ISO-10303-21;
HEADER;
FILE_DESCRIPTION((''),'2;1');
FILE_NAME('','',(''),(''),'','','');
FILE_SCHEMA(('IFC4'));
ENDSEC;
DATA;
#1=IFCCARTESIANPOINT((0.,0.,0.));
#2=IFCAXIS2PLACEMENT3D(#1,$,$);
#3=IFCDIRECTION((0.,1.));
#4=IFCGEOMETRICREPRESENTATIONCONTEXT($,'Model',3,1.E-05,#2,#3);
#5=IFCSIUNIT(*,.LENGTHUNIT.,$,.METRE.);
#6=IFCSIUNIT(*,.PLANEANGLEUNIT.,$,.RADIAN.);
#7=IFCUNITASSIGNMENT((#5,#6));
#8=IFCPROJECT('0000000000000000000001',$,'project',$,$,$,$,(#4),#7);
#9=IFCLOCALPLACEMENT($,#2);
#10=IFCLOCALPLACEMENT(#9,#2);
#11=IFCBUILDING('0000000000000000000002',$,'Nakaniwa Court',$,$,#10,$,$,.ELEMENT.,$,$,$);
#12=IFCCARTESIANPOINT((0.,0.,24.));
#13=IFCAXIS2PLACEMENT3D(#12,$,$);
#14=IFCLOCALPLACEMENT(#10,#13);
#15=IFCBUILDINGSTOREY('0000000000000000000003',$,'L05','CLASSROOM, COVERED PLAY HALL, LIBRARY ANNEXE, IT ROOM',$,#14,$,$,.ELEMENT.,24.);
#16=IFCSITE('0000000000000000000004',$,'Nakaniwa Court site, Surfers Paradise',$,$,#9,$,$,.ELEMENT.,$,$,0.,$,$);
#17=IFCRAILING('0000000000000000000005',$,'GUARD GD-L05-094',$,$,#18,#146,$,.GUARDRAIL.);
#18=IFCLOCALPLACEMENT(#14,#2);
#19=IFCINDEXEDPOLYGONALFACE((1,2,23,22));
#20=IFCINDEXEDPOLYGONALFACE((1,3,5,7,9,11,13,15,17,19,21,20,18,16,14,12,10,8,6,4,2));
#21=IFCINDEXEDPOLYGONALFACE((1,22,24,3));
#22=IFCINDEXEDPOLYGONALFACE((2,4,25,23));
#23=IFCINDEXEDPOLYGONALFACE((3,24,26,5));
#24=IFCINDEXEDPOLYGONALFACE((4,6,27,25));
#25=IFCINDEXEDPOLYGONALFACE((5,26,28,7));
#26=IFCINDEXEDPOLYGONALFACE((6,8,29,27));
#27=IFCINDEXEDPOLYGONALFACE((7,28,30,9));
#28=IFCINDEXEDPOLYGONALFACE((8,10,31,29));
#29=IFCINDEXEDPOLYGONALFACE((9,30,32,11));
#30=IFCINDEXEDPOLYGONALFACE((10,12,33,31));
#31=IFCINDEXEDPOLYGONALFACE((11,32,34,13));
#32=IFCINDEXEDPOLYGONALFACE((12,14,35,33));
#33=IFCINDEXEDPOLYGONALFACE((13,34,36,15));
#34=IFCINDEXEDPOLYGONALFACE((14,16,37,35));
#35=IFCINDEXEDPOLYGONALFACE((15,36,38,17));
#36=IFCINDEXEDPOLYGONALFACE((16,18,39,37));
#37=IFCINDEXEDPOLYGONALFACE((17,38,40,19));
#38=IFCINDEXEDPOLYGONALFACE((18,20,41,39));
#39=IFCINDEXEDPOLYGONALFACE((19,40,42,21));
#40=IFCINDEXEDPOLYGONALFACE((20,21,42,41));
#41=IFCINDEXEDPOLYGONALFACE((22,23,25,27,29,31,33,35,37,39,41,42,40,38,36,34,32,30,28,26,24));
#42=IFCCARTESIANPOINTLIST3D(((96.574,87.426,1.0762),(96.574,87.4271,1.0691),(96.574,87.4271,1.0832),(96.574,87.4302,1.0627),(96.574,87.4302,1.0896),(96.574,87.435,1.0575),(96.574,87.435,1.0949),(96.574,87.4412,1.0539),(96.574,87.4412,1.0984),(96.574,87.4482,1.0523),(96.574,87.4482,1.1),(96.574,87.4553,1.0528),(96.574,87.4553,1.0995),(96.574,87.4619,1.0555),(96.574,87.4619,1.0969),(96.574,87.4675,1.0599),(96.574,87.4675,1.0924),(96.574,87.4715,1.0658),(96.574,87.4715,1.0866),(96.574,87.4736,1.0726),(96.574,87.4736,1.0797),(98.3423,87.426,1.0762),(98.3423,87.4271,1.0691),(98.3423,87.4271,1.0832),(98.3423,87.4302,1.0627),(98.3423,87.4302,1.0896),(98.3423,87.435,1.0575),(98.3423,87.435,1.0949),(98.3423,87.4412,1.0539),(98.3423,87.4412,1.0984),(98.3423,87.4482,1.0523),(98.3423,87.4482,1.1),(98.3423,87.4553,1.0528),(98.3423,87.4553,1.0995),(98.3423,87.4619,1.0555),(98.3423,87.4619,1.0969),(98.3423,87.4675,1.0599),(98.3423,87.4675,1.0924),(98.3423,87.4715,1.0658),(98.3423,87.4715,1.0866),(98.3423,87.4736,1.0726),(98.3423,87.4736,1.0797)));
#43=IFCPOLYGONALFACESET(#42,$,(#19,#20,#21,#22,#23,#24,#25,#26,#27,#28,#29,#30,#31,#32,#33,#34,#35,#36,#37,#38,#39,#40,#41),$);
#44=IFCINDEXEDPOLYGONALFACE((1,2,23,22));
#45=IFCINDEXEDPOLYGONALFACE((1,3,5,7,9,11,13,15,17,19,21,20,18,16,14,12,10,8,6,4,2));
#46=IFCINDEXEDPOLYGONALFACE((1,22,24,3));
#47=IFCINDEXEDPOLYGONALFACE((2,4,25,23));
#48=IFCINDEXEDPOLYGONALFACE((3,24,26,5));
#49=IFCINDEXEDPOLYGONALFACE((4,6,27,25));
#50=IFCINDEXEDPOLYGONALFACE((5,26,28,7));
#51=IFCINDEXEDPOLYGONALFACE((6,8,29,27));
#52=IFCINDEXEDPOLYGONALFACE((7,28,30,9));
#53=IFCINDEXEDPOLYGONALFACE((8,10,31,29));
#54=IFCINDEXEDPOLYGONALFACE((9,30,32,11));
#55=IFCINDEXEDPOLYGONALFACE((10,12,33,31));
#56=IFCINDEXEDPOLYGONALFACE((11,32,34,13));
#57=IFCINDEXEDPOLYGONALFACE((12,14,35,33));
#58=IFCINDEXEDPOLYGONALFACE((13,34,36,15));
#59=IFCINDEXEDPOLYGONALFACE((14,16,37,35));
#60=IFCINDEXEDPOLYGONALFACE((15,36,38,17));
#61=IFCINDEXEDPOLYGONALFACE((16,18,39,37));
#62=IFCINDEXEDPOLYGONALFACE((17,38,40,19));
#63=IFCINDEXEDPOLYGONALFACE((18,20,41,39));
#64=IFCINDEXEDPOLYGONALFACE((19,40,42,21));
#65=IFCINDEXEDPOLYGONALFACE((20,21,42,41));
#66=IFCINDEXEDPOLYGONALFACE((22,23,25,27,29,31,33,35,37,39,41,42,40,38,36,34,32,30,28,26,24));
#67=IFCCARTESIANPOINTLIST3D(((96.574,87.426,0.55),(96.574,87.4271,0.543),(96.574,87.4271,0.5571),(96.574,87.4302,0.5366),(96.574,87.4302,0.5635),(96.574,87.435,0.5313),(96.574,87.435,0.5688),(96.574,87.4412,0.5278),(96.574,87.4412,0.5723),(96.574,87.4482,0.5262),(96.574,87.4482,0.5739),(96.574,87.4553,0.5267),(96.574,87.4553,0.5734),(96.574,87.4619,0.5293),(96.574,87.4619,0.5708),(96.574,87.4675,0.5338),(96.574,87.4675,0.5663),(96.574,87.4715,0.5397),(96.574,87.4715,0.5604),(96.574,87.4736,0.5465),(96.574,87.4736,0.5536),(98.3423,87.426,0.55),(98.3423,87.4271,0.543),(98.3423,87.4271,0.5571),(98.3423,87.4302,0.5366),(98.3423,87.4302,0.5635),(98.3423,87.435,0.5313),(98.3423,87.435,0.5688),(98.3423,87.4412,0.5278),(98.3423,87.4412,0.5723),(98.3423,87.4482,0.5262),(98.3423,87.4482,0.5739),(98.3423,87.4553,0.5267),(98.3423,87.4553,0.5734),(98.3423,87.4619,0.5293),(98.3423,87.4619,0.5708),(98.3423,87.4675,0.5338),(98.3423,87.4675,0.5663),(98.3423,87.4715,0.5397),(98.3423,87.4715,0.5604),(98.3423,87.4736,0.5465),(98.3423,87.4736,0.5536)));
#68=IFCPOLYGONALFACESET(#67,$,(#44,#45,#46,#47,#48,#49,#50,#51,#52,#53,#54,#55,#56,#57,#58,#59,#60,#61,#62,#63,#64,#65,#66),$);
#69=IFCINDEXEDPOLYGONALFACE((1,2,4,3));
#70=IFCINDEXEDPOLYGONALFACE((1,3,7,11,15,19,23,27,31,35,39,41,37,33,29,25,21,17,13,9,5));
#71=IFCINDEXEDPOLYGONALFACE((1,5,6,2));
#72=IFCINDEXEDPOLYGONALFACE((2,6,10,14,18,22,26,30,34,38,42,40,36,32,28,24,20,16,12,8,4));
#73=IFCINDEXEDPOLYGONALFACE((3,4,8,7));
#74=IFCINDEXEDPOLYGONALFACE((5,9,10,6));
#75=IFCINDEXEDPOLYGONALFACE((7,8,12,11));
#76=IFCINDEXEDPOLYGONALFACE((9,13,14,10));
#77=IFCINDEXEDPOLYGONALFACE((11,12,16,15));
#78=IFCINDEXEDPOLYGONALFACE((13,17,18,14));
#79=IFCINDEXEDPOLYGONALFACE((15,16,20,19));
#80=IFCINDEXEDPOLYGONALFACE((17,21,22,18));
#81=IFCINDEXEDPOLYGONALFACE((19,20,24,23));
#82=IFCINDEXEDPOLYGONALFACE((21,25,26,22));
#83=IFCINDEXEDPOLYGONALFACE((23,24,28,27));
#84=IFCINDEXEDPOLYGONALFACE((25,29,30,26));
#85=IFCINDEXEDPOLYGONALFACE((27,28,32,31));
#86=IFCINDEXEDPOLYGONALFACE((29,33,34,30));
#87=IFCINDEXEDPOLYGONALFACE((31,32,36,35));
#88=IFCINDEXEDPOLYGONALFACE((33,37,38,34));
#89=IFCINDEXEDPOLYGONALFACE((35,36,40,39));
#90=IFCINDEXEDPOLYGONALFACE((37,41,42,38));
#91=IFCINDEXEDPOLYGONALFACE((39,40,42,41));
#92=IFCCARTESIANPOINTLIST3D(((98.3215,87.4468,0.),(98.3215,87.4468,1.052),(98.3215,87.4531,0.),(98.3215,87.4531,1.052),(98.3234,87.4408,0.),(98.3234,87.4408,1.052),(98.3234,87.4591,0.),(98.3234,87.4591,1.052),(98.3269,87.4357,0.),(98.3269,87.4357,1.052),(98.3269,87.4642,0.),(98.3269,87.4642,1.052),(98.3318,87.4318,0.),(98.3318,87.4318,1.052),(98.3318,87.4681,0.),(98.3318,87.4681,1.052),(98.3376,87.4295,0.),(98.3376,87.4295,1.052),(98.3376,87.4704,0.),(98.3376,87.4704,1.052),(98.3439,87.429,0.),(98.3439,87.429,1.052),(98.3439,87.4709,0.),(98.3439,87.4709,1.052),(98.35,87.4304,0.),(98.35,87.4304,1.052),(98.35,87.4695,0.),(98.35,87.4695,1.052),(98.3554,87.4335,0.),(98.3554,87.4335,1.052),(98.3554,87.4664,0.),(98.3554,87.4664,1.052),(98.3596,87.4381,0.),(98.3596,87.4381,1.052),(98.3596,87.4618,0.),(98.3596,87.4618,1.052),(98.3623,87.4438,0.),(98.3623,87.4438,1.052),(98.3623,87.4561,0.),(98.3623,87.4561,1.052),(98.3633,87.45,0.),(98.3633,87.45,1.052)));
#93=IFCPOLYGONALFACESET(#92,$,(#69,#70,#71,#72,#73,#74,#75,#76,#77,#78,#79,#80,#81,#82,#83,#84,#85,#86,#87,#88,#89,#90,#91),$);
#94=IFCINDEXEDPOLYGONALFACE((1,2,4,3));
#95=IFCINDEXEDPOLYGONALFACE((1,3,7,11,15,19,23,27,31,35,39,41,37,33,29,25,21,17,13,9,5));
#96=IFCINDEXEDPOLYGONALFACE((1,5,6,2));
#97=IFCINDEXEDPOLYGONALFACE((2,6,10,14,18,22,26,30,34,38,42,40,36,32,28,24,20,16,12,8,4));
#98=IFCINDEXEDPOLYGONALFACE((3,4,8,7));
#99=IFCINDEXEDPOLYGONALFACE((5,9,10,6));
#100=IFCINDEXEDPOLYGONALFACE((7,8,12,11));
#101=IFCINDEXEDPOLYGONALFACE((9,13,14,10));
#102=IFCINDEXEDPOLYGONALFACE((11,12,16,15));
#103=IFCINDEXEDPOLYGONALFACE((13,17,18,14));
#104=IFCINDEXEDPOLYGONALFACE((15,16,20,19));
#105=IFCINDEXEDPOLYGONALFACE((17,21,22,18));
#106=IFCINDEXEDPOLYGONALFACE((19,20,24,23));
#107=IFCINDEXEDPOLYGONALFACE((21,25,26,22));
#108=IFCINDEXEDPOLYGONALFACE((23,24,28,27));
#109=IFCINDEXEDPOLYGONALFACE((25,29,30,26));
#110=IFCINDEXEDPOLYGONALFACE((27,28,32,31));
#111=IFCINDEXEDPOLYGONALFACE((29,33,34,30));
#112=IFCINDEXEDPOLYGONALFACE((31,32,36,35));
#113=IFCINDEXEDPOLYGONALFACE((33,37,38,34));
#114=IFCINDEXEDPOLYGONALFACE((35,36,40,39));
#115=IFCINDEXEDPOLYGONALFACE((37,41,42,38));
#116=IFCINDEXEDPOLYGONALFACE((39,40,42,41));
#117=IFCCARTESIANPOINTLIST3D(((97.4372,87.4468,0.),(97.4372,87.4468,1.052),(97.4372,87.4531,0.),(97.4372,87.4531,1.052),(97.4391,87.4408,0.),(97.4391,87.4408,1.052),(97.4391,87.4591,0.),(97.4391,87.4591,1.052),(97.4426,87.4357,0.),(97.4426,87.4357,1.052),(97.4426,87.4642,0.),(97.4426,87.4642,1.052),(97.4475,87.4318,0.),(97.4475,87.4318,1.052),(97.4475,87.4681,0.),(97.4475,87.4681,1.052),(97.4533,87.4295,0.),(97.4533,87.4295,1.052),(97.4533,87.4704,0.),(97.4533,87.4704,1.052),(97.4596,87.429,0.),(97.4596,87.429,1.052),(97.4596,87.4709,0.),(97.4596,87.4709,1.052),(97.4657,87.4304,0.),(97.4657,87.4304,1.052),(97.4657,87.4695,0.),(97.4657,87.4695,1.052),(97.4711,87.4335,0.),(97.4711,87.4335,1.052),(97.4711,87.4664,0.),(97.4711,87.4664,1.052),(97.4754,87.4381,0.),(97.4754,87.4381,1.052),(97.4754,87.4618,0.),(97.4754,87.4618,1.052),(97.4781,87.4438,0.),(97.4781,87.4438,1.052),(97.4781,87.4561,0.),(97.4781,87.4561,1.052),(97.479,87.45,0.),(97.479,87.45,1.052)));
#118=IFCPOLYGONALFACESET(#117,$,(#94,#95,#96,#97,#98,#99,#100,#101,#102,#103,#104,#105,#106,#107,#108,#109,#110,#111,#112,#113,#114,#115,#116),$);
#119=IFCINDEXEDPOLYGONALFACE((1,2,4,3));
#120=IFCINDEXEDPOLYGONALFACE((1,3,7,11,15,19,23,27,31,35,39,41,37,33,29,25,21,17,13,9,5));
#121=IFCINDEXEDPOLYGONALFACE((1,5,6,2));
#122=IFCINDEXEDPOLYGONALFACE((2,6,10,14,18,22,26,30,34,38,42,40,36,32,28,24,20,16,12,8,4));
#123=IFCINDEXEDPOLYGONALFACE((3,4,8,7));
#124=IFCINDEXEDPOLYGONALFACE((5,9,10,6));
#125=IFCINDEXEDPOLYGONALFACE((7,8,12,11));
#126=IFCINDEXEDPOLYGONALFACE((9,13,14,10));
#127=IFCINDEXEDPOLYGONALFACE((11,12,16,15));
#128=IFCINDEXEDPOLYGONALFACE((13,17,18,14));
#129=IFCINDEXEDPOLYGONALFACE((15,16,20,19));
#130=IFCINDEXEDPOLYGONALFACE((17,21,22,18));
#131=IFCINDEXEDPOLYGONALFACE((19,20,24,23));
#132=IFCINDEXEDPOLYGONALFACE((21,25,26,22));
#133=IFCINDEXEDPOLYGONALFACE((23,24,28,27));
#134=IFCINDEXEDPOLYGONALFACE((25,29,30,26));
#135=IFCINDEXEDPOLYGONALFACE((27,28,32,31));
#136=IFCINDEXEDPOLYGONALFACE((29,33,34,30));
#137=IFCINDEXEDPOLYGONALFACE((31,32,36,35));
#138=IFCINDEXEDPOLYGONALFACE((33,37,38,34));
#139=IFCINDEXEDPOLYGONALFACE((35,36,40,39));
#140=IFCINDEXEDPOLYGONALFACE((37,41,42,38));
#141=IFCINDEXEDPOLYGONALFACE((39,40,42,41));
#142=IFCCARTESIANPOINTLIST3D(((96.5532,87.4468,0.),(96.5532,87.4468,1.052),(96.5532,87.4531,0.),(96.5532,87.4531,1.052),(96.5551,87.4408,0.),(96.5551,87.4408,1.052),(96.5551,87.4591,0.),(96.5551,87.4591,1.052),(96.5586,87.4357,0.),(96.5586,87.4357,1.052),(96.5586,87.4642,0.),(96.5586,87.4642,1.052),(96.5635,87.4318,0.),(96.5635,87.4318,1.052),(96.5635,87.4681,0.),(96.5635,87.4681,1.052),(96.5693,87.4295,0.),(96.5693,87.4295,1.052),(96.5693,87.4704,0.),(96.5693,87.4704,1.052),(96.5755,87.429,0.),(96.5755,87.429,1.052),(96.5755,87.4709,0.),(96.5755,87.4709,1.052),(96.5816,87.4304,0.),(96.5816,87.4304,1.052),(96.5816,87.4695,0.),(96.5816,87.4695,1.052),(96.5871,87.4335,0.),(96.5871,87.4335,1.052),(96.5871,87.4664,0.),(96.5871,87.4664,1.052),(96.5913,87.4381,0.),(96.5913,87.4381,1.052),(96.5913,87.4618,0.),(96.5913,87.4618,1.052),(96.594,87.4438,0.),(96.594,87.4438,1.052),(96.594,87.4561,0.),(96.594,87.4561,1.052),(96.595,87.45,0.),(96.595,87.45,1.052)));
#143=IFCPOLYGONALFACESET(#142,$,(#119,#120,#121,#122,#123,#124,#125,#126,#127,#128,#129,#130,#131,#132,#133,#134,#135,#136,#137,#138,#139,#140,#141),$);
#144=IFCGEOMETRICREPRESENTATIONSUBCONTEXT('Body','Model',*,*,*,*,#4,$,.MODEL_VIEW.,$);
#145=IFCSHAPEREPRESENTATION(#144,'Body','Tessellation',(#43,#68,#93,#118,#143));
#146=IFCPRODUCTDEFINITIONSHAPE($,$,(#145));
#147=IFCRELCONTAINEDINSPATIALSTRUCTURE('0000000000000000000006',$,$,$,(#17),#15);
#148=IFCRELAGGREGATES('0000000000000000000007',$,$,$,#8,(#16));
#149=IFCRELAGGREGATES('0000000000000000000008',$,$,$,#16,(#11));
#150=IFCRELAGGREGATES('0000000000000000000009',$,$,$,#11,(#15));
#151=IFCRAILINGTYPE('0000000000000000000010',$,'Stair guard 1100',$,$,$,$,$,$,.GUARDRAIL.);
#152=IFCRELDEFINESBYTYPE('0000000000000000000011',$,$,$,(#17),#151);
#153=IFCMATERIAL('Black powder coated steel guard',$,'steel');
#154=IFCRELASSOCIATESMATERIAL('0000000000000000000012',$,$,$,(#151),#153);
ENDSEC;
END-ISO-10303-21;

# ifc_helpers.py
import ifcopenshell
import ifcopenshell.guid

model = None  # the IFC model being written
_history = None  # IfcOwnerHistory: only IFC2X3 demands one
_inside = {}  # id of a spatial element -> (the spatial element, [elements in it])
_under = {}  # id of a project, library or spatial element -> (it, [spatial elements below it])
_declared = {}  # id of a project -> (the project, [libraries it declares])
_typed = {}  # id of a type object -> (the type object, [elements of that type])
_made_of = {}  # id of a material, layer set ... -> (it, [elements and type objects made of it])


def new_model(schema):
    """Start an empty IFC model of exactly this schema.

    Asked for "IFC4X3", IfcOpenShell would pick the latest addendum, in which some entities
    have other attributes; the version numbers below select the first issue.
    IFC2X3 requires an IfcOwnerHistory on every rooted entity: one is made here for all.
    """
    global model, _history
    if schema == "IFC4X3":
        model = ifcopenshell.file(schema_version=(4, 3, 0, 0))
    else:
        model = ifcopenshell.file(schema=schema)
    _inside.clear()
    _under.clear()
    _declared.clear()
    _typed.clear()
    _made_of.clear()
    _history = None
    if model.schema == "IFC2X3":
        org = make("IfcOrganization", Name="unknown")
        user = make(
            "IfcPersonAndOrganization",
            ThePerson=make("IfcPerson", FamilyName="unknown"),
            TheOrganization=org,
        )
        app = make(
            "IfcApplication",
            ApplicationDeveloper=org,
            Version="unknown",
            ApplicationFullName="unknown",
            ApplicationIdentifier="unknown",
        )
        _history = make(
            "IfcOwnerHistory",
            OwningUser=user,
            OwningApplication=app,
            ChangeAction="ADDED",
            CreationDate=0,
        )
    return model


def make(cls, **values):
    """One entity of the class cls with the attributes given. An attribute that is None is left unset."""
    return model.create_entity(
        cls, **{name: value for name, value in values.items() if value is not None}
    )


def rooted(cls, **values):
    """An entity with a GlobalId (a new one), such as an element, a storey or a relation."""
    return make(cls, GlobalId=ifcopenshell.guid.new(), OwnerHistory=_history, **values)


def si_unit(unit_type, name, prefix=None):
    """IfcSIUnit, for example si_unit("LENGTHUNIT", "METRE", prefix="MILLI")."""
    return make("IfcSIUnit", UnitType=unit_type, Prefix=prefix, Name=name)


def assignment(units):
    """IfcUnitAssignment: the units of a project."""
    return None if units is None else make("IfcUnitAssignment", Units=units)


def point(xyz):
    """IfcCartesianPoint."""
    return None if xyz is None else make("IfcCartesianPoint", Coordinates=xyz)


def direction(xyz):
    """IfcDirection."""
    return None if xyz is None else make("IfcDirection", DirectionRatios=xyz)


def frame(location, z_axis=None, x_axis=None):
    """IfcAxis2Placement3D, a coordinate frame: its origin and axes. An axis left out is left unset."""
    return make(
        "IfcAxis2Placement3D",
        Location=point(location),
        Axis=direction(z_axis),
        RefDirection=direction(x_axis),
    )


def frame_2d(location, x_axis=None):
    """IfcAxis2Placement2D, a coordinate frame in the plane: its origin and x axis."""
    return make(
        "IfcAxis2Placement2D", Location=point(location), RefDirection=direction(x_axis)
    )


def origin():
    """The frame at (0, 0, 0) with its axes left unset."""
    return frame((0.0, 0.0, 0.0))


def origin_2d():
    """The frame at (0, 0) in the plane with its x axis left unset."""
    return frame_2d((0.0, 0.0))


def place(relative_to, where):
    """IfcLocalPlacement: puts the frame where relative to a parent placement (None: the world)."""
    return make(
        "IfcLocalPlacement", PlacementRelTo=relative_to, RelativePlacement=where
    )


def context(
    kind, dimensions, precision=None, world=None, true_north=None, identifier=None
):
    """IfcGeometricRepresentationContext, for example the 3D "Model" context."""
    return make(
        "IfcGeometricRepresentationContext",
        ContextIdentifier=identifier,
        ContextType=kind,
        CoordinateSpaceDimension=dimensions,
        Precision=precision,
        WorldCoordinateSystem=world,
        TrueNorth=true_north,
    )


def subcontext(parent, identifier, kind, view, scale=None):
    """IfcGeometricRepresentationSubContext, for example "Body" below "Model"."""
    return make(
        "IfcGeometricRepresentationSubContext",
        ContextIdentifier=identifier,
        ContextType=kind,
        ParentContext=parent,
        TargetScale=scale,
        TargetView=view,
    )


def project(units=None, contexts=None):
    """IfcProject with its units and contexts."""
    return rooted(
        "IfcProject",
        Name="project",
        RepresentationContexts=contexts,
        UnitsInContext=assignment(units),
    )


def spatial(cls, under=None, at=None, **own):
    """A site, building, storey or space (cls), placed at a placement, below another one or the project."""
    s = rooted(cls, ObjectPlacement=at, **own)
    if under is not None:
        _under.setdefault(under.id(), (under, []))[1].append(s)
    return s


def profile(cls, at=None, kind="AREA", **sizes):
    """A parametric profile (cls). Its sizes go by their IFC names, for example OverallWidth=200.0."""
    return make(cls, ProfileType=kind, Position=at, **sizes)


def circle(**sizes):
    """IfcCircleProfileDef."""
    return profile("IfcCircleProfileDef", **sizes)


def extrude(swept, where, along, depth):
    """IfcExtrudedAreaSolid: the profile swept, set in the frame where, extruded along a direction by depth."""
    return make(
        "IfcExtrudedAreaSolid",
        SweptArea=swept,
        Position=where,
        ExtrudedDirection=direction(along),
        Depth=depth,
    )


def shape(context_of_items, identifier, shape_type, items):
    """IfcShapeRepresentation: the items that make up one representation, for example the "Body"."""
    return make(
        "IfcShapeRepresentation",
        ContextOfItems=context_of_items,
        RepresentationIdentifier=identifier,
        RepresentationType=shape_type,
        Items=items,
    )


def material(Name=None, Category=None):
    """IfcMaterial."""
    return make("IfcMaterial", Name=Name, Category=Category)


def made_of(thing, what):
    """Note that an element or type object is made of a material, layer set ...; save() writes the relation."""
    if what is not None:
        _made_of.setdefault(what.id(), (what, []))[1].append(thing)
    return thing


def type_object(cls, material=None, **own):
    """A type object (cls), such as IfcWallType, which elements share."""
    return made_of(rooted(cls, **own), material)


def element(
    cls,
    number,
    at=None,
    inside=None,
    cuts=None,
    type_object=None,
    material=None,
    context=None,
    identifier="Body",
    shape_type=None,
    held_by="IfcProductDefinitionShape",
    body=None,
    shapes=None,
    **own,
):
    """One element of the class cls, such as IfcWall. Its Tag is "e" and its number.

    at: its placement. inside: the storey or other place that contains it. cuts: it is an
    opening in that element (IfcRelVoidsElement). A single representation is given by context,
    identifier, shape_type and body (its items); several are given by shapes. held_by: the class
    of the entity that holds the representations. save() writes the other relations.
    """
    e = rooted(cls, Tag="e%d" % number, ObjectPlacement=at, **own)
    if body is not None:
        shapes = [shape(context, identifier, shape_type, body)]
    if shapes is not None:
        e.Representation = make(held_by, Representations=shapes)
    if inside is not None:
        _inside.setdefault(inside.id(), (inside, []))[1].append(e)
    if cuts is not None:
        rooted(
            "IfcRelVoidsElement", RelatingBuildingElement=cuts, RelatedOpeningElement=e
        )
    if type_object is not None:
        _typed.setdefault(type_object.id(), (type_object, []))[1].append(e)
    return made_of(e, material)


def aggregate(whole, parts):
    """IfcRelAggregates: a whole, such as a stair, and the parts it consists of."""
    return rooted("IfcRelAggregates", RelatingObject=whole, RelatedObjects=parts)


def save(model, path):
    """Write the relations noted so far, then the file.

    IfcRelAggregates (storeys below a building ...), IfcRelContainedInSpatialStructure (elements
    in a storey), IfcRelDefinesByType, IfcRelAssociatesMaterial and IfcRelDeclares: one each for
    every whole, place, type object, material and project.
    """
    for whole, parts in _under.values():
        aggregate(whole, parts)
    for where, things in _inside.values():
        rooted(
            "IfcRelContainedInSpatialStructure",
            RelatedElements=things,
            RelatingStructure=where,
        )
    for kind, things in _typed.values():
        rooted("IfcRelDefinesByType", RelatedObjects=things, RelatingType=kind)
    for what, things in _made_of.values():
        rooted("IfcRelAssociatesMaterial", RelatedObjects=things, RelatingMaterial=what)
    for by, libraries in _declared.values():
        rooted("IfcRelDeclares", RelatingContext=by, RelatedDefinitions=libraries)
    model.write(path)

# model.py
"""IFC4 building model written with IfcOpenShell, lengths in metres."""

from ifc_helpers import new_model, si_unit, direction, frame, origin, origin_2d, place, context, subcontext, project, spatial, circle, extrude, material, type_object, element, save


model = new_model("IFC4")

# Units and contexts
model_context = context("Model", 3, precision=1e-05, world=origin(), true_north=direction((0.0, 1.0)))
body_context = subcontext(model_context, "Body", "Model", "MODEL_VIEW")
ifc_project = project(units=[si_unit("LENGTHUNIT", "METRE"), si_unit("PLANEANGLEUNIT", "RADIAN")], contexts=[model_context])

# Site, building, storey
site_placement = place(None, origin())
site = spatial("IfcSite", under=ifc_project, at=site_placement, Name="Nakaniwa Court site, Surfers Paradise", CompositionType="ELEMENT", RefElevation=0.0)
building_placement = place(site_placement, origin())
building = spatial("IfcBuilding", under=site, at=building_placement, Name="Nakaniwa Court", CompositionType="ELEMENT")
storey_placement = place(building_placement, frame((0.0, 0.0, 24.0)))
storey = spatial("IfcBuildingStorey", under=building, at=storey_placement, Name="L05", Description="CLASSROOM, COVERED PLAY HALL, LIBRARY ANNEXE, IT ROOM", CompositionType="ELEMENT", Elevation=24.0)

# Railing
ifc_material_1 = material(Name="Black powder coated steel guard", Category="steel")
railing_type = type_object("IfcRailingType", Name="Stair guard 1100", PredefinedType="GUARDRAIL", material=ifc_material_1)
railing_1_placement = place(storey_placement, frame((98.3423, 87.45, 0.0)))
element("IfcRailing", 1, at=railing_1_placement, inside=storey, type_object=railing_type, Name="GUARD GD-L05-094", PredefinedType="GUARDRAIL", context=body_context, shape_type="SweptSolid", body=[
    extrude(circle(Radius=0.0239, at=origin_2d()), frame((0.0, 0.0, 1.0762), z_axis=(-1.0, 0.0, 0.0), x_axis=(0.0, -1.0, 0.0)), (0.0, 0.0, 1.0), 1.7683),
    extrude(circle(Radius=0.0239, at=origin_2d()), frame((0.0, 0.0, 0.55), z_axis=(-1.0, 0.0, 0.0), x_axis=(0.0, -1.0, 0.0)), (0.0, 0.0, 1.0), 1.7683),
    extrude(circle(Radius=0.021, at=origin_2d()), origin(), (0.0, 0.0, 1.0), 1.052),
    extrude(circle(Radius=0.021, at=origin_2d()), frame((-0.8843, 0.0, 0.0)), (0.0, 0.0, 1.0), 1.052),
    extrude(circle(Radius=0.021, at=origin_2d()), frame((-1.7683, 0.0, 0.0)), (0.0, 0.0, 1.0), 1.052),
])

save(model, "model.ifc")
